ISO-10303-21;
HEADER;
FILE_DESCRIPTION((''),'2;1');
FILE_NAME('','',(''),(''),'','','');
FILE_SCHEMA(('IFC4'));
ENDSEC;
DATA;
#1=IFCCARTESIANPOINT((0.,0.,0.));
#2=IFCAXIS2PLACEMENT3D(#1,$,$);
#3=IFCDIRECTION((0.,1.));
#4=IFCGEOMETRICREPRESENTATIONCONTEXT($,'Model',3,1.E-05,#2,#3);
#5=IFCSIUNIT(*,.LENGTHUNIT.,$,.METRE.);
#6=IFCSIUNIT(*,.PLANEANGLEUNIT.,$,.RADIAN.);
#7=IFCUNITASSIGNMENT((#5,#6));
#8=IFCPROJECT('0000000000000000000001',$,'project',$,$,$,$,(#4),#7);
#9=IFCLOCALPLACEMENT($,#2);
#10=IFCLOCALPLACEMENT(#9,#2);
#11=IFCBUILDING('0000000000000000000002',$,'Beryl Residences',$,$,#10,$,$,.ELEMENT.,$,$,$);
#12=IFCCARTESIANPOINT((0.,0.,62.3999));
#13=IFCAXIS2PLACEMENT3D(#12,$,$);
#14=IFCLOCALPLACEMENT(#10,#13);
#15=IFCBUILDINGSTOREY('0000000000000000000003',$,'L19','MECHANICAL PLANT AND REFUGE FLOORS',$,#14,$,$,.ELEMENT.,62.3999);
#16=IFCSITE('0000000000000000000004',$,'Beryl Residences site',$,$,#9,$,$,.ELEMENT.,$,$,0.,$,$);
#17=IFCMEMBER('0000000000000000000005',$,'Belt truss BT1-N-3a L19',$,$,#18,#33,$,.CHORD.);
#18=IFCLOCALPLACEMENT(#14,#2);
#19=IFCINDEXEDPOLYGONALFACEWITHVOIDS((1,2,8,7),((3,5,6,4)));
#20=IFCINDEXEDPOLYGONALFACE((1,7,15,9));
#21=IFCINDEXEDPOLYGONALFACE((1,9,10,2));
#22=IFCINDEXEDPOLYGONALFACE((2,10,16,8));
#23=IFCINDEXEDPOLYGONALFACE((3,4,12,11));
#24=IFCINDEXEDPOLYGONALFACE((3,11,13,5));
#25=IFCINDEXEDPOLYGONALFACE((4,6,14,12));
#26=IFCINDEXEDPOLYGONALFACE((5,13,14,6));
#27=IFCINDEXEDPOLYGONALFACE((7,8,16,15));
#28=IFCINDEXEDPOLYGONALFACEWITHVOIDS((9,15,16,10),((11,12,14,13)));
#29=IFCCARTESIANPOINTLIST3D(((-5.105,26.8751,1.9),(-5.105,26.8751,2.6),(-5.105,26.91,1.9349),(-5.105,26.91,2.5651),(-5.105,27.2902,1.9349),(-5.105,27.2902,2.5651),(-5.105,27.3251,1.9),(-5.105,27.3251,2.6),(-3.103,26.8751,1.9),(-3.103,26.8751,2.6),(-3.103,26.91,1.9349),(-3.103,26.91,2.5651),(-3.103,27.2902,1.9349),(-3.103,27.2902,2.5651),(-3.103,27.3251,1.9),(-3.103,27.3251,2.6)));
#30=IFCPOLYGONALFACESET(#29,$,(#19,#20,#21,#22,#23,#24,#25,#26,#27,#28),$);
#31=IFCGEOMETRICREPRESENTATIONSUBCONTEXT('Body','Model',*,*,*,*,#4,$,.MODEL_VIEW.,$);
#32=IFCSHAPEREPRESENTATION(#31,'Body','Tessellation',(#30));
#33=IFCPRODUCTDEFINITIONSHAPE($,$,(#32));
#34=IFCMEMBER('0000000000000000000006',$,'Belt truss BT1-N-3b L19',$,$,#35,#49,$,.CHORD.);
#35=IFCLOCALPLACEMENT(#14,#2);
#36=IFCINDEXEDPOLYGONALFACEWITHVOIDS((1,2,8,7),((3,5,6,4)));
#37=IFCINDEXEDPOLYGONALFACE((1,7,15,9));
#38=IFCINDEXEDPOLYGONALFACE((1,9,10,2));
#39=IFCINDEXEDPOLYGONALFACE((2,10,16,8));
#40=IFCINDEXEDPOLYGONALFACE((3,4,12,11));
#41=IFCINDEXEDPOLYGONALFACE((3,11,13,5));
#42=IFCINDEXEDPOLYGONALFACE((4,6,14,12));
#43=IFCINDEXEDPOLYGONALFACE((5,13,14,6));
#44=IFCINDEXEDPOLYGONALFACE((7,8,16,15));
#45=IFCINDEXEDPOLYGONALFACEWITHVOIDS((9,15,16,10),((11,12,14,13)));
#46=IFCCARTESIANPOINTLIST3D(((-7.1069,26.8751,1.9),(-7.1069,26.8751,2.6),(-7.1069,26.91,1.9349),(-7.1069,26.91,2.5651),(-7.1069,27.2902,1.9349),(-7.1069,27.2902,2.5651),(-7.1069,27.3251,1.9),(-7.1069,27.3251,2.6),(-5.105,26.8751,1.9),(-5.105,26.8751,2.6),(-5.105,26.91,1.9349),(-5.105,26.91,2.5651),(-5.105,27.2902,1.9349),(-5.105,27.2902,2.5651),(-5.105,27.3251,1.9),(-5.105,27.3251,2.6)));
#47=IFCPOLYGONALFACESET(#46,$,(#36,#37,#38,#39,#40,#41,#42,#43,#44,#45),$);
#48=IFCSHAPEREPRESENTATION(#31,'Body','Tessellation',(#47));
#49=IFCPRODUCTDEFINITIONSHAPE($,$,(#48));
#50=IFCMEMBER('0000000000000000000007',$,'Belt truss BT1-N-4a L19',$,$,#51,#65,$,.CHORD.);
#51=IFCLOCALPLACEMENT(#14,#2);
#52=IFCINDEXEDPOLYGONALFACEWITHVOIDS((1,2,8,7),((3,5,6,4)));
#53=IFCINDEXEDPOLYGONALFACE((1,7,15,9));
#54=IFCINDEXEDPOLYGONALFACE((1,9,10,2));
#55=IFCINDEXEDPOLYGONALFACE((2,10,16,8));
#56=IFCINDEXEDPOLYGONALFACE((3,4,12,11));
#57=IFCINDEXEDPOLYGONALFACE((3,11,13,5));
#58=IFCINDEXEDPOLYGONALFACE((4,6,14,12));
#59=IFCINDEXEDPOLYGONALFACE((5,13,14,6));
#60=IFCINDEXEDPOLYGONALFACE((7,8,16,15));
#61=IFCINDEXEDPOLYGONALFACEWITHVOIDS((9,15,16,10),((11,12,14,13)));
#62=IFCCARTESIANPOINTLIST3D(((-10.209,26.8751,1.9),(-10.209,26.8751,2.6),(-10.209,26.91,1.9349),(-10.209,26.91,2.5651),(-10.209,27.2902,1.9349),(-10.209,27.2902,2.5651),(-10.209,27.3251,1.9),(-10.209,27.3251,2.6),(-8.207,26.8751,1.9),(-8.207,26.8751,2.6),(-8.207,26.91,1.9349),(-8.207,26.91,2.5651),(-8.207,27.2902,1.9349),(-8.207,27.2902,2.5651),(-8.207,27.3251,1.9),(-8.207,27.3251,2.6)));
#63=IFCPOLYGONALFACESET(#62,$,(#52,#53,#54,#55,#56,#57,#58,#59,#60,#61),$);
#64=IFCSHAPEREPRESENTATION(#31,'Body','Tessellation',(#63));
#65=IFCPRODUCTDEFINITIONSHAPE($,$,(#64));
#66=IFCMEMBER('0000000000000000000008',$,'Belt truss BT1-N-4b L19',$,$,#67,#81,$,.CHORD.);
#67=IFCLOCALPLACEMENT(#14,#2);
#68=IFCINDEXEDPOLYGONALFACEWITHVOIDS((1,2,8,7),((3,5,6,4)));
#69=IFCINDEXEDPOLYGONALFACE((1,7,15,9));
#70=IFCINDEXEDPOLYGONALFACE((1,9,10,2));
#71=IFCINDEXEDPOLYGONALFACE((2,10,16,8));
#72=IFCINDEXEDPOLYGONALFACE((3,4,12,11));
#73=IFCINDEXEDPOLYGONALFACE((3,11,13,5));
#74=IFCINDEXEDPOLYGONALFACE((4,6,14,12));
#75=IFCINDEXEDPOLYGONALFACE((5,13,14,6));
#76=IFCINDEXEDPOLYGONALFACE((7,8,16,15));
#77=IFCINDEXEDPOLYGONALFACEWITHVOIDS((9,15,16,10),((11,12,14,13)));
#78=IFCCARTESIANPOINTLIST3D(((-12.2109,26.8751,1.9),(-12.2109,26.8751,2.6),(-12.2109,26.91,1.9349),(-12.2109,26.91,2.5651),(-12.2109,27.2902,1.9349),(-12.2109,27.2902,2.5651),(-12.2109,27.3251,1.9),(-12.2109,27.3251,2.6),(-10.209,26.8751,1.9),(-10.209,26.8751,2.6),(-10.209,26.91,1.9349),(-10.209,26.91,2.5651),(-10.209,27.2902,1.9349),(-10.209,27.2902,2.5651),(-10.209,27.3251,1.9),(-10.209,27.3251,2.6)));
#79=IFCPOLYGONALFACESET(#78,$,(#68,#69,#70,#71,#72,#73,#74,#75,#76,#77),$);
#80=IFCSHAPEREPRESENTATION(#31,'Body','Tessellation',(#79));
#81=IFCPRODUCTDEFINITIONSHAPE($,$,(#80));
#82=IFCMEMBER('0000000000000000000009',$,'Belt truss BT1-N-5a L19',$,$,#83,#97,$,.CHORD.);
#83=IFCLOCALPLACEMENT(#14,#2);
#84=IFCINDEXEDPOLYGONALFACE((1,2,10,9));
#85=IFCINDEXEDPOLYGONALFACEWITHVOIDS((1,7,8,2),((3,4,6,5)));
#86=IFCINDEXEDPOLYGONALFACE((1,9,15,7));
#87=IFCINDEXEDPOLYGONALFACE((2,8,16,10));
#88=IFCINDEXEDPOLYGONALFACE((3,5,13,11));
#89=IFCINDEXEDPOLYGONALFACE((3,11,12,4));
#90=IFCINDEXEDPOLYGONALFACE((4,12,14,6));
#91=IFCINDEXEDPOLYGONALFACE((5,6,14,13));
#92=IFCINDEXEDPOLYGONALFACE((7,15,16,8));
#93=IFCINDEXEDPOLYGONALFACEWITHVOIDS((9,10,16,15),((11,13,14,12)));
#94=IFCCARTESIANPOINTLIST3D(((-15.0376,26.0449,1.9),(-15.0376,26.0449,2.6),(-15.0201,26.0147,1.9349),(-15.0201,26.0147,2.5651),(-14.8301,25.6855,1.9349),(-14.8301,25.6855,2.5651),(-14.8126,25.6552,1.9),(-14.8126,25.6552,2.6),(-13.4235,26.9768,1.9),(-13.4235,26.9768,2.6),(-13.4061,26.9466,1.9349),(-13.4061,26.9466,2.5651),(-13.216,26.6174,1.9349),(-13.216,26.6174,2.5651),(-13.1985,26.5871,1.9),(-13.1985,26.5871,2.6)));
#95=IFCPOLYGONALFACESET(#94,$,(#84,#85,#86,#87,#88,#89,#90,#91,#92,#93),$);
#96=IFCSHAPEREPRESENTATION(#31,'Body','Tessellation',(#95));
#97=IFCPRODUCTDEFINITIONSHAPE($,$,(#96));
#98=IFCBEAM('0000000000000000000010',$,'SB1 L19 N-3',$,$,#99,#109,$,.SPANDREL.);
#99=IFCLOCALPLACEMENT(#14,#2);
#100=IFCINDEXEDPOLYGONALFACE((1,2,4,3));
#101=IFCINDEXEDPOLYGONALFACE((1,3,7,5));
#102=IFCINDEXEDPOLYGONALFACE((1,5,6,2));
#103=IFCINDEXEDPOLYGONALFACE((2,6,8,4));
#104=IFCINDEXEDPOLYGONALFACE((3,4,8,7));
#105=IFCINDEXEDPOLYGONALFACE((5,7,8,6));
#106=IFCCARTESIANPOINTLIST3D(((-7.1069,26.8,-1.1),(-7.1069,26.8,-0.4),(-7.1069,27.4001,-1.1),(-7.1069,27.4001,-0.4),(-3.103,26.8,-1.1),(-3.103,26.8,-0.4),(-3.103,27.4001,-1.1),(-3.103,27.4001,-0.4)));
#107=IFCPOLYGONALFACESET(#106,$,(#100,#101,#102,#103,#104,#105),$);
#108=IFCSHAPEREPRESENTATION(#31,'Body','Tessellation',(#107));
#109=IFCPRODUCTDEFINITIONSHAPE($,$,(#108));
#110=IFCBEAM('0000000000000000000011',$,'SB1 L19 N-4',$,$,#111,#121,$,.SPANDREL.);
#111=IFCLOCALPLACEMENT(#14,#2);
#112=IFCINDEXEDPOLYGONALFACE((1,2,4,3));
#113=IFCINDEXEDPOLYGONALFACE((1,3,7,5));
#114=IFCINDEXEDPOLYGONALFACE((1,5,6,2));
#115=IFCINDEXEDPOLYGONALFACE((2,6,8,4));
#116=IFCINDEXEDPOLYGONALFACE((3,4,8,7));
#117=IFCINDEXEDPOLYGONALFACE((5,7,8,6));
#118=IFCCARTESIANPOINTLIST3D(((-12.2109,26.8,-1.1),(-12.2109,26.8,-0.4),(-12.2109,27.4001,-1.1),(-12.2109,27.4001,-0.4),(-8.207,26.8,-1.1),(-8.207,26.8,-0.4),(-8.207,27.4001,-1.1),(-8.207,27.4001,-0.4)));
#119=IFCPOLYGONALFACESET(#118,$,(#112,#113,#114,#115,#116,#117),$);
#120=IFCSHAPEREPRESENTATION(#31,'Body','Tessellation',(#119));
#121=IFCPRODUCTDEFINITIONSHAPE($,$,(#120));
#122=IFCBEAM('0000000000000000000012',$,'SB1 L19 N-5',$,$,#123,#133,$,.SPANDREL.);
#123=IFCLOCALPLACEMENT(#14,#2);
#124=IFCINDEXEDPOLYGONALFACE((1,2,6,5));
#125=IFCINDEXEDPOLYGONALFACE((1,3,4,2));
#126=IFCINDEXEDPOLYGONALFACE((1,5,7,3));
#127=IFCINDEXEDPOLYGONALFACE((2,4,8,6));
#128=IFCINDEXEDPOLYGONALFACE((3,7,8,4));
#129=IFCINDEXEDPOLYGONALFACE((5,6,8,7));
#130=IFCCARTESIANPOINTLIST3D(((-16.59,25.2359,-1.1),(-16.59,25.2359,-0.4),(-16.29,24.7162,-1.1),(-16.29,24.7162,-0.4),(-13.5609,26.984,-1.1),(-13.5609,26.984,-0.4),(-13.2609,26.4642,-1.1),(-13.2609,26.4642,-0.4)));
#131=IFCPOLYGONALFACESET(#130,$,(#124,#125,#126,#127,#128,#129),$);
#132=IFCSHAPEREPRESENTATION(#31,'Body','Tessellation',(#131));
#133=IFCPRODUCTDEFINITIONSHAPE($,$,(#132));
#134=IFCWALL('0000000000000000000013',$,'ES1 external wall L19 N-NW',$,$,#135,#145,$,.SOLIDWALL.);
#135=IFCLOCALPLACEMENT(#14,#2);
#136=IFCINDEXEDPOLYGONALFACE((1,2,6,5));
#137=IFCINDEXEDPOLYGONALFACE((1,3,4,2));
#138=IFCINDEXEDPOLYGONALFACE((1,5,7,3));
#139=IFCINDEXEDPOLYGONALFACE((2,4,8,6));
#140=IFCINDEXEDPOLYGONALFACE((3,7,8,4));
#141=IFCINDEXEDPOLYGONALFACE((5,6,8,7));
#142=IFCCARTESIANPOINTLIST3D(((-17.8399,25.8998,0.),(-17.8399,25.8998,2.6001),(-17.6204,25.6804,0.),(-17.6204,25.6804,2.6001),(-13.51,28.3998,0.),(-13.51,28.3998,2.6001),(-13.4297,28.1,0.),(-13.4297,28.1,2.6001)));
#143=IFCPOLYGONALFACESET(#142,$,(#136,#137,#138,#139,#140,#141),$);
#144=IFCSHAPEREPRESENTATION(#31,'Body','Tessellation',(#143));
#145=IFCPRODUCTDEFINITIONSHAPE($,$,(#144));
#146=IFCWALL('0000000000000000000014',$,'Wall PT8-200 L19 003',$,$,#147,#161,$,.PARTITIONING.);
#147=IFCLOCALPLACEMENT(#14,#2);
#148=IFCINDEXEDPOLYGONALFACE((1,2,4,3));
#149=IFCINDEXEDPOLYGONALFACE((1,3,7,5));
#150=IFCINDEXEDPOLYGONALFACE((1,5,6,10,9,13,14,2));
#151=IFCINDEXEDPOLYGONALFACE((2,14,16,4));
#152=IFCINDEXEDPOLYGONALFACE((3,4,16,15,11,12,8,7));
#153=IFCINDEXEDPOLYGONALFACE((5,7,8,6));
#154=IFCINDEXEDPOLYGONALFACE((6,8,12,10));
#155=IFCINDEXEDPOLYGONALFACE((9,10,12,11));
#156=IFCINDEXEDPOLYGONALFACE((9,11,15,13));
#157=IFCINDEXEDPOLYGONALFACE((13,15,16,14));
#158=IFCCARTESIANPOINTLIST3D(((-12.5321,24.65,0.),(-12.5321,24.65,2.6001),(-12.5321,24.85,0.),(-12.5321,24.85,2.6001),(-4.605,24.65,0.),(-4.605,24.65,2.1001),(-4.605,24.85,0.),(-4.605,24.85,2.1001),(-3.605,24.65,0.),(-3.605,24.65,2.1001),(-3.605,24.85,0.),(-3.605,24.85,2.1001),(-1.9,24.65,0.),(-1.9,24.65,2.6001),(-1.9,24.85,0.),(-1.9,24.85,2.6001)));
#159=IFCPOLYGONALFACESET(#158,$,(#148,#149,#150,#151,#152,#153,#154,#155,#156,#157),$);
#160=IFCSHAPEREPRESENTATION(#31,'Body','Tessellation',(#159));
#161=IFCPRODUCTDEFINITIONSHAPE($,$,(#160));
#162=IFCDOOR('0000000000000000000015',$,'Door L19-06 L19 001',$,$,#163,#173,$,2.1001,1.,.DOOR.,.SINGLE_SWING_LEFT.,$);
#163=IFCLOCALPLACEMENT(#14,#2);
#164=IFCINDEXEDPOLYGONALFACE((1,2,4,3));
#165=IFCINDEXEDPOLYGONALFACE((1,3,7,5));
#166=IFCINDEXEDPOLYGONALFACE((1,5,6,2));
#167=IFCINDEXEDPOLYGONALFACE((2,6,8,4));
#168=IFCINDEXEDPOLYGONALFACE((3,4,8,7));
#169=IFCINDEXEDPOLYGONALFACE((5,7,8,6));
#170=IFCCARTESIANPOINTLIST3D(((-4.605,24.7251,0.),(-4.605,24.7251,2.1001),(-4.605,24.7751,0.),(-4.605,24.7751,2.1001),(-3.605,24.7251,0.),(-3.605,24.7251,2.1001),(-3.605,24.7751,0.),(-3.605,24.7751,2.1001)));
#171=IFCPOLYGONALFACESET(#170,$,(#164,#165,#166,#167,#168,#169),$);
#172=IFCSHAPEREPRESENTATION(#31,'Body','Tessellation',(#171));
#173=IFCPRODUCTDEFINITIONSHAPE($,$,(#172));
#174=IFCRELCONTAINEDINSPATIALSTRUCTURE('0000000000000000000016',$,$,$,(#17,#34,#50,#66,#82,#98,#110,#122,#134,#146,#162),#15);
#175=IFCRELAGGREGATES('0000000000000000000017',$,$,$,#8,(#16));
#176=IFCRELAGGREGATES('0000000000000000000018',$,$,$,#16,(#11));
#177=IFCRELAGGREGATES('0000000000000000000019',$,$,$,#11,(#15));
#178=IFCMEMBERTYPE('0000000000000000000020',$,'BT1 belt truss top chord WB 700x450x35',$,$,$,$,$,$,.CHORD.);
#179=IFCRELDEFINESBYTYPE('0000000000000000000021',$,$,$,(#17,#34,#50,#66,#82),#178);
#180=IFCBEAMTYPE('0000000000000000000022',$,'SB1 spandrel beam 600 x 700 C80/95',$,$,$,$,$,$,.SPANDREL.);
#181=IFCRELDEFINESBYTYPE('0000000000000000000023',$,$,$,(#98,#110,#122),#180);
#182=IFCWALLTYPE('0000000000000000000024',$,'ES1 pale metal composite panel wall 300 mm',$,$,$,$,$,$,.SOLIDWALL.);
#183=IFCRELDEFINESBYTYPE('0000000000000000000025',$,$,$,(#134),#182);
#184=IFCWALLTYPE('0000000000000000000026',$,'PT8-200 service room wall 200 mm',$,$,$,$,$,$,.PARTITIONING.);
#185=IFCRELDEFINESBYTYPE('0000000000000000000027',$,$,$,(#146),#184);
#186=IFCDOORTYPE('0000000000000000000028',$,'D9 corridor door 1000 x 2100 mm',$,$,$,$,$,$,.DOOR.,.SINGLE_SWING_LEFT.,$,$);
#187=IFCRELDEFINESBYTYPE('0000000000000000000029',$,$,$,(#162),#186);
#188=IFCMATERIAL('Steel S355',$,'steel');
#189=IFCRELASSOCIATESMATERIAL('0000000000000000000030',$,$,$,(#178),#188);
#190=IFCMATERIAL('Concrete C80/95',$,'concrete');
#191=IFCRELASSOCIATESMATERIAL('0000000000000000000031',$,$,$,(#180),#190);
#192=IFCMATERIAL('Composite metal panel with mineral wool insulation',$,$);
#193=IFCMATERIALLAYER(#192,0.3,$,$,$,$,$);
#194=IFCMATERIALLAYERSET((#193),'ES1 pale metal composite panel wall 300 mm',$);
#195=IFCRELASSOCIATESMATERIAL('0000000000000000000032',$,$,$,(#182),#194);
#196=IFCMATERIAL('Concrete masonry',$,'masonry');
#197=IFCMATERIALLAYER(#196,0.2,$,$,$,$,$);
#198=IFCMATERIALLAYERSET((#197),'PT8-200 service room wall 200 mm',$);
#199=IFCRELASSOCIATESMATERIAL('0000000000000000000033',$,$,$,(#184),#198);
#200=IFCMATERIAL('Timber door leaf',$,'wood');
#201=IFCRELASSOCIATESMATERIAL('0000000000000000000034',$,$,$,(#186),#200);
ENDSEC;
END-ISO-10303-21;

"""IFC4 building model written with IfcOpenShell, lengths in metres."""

from ifc_helpers import new_model, si_unit, direction, frame, frame_2d, origin, origin_2d, place, context, subcontext, project, spatial, polyline, rectangle, hollow_rectangle, outline, extrude, material, layer, layer_set, material_profile, profile_set, type_object, element, fill, save


model = new_model("IFC4")

# Units and contexts
model_context = context("Model", 3, precision=1e-05, world=origin(), true_north=direction((0.0, 1.0)))
body_context = subcontext(model_context, "Body", "Model", "MODEL_VIEW")
ifc_project = project(units=[si_unit("LENGTHUNIT", "METRE"), si_unit("PLANEANGLEUNIT", "RADIAN")], contexts=[model_context])

# Site, building, storey
site_placement = place(None, origin())
site = spatial("IfcSite", under=ifc_project, at=site_placement, Name="Beryl Residences site", CompositionType="ELEMENT", RefElevation=0.0)
building_placement = place(site_placement, origin())
building = spatial("IfcBuilding", under=site, at=building_placement, Name="Beryl Residences", CompositionType="ELEMENT")
storey_placement = place(building_placement, frame((0.0, 0.0, 62.3999)))
storey = spatial("IfcBuildingStorey", under=building, at=storey_placement, Name="L19", Description="MECHANICAL PLANT AND REFUGE FLOORS", CompositionType="ELEMENT", Elevation=62.3999)

# Members
ifc_material_1 = material(Name="Steel S355", Category="steel")
ifc_material_profile_1 = material_profile(ifc_material_1, hollow_rectangle(XDim=0.45, YDim=0.7, WallThickness=0.0349, at=origin_2d()))
ifc_profile_set_1 = profile_set([ifc_material_profile_1], Name="Steel S355")
member_type_1 = type_object("IfcMemberType", Name="BT1 belt truss top chord WB 700x450x35", PredefinedType="CHORD", material=ifc_profile_set_1)
for number, where, z_axis, x_axis, name in (
    (1, (-3.103, 27.1001, 2.25), (-1.0, 0.0, 0.0), (0.0, -1.0, 0.0), "Belt truss BT1-N-3a L19"),
    (2, (-5.105, 27.1001, 2.25), (-1.0, 0.0, 0.0), (0.0, -1.0, 0.0), "Belt truss BT1-N-3b L19"),
    (3, (-8.207, 27.1001, 2.25), (-1.0, 0.0, 0.0), (0.0, -1.0, 0.0), "Belt truss BT1-N-4a L19"),
    (4, (-10.209, 27.1001, 2.25), (-1.0, 0.0, 0.0), (0.0, -1.0, 0.0), "Belt truss BT1-N-4b L19"),
):
    element("IfcMember", number, at=place(storey_placement, frame(where, z_axis=z_axis, x_axis=x_axis)), inside=storey, type_object=member_type_1, Name=name, PredefinedType="CHORD", context=body_context, shape_type="SweptSolid", body=[
        extrude(hollow_rectangle(XDim=0.45, YDim=0.7, WallThickness=0.0349, at=origin_2d()), origin(), (0.0, 0.0, 1.0), 2.002),
    ])
member_1_placement = place(storey_placement, frame((-13.311, 26.782, 2.25), z_axis=(-0.866018, -0.500013, 0.0), x_axis=(0.500013, -0.866018, 0.0)))
element("IfcMember", 5, at=member_1_placement, inside=storey, type_object=member_type_1, Name="Belt truss BT1-N-5a L19", PredefinedType="CHORD", context=body_context, shape_type="SweptSolid", body=[
    extrude(hollow_rectangle(XDim=0.45, YDim=0.7, WallThickness=0.0349, at=origin_2d()), origin(), (0.0, 0.0, 1.0), 1.8638),
])

# Beams
ifc_material_2 = material(Name="Concrete C80/95", Category="concrete")
ifc_material_profile_2 = material_profile(ifc_material_2, rectangle(XDim=0.6001, YDim=0.7, at=origin_2d()))
ifc_profile_set_2 = profile_set([ifc_material_profile_2], Name="Concrete C80/95")
beam_type = type_object("IfcBeamType", Name="SB1 spandrel beam 600 x 700 C80/95", PredefinedType="SPANDREL", material=ifc_profile_set_2)
for number, where, z_axis, x_axis, name in (
    (6, (-3.103, 27.1001, -0.75), (-1.0, 0.0, 0.0), (0.0, -1.0, 0.0), "SB1 L19 N-3"),
    (7, (-8.207, 27.1001, -0.75), (-1.0, 0.0, 0.0), (0.0, -1.0, 0.0), "SB1 L19 N-4"),
):
    element("IfcBeam", number, at=place(storey_placement, frame(where, z_axis=z_axis, x_axis=x_axis)), inside=storey, type_object=beam_type, Name=name, PredefinedType="SPANDREL", context=body_context, shape_type="SweptSolid", body=[
        extrude(rectangle(XDim=0.6001, YDim=0.7, at=origin_2d()), origin(), (0.0, 0.0, 1.0), 4.0039),
    ])
beam_placement = place(storey_placement, frame((-13.4109, 26.7241, -0.75), z_axis=(-0.866122, -0.499833, 0.0), x_axis=(0.499833, -0.866122, 0.0)))
element("IfcBeam", 8, at=beam_placement, inside=storey, type_object=beam_type, Name="SB1 L19 N-5", PredefinedType="SPANDREL", context=body_context, shape_type="SweptSolid", body=[
    extrude(rectangle(XDim=0.6001, YDim=0.7, at=origin_2d()), origin(), (0.0, 0.0, 1.0), 3.4973),
])

# Wall
ifc_material_3 = material(Name="Composite metal panel with mineral wool insulation")
ifc_layer_1 = layer(ifc_material_3, 0.3)
ifc_layer_set_1 = layer_set([ifc_layer_1], Name="ES1 pale metal composite panel wall 300 mm")
wall_type_1 = type_object("IfcWallType", Name="ES1 pale metal composite panel wall 300 mm", PredefinedType="SOLIDWALL", material=ifc_layer_set_1)
wall_1_placement = place(storey_placement, frame((-13.4351, 28.27, 0.0), z_axis=(0.0, 0.0, 1.0), x_axis=(-0.866011, -0.500025, 0.0)))
element("IfcWall", 9, at=wall_1_placement, inside=storey, type_object=wall_type_1, Name="ES1 external wall L19 N-NW", PredefinedType="SOLIDWALL", context=body_context, shape_type="SweptSolid", body=[
    extrude(outline(polyline([(0.0, -0.1499), (4.9998, -0.1499), (4.9194, 0.1499), (0.0803, 0.1499), (0.0, -0.1499)])), origin(), (0.0, 0.0, 1.0), 2.6001),
])

# Wall, opening, door
ifc_material_4 = material(Name="Concrete masonry", Category="masonry")
ifc_layer_2 = layer(ifc_material_4, 0.2)
ifc_layer_set_2 = layer_set([ifc_layer_2], Name="PT8-200 service room wall 200 mm")
wall_type_2 = type_object("IfcWallType", Name="PT8-200 service room wall 200 mm", PredefinedType="PARTITIONING", material=ifc_layer_set_2)
wall_2_placement = place(storey_placement, frame((-12.532, 24.75, 0.0), z_axis=(0.0, 0.0, 1.0), x_axis=(1.0, 0.0, 0.0)))
wall_2 = element("IfcWall", 10, at=wall_2_placement, inside=storey, type_object=wall_type_2, Name="Wall PT8-200 L19 003", PredefinedType="PARTITIONING", context=body_context, shape_type="SweptSolid", body=[
    extrude(rectangle(XDim=10.6321, YDim=0.2, at=frame_2d((5.3159, 0.0))), origin(), (0.0, 0.0, 1.0), 2.6001),
])
opening_1_placement = place(wall_2_placement, frame((8.927, 0.0, 0.0), z_axis=(0.0, 0.0, 1.0), x_axis=(-1.0, 0.0, 0.0)))
opening_1 = element("IfcOpeningElement", 11, at=opening_1_placement, cuts=wall_2, PredefinedType="OPENING", context=body_context, shape_type="SweptSolid", body=[
    extrude(rectangle(XDim=1.0, YDim=2.1001, at=frame_2d((0.5, 1.05))), frame((0.0, 0.1099, 0.0), z_axis=(0.0, -1.0, 0.0), x_axis=(1.0, 0.0, 0.0)), (0.0, 0.0, 1.0), 0.22),
])
ifc_material_5 = material(Name="Timber door leaf", Category="wood")
door_type_1 = type_object("IfcDoorType", Name="D9 corridor door 1000 x 2100 mm", OperationType="SINGLE_SWING_LEFT", PredefinedType="DOOR", material=ifc_material_5)
door_1_placement = place(opening_1_placement, origin())
door_1 = element("IfcDoor", 12, at=door_1_placement, inside=storey, type_object=door_type_1, Name="Door L19-06 L19 001", OperationType="SINGLE_SWING_LEFT", OverallHeight=2.1001, OverallWidth=1.0, PredefinedType="DOOR", context=body_context, shape_type="SweptSolid", body=[
    extrude(rectangle(XDim=1.0, YDim=2.1001, at=frame_2d((0.5, 1.05))), frame((0.0, 0.0249, 0.0), z_axis=(0.0, -1.0, 0.0), x_axis=(1.0, 0.0, 0.0)), (0.0, 0.0, 1.0), 0.05),
])
fill(opening_1, door_1)

save(model, "model.ifc")
